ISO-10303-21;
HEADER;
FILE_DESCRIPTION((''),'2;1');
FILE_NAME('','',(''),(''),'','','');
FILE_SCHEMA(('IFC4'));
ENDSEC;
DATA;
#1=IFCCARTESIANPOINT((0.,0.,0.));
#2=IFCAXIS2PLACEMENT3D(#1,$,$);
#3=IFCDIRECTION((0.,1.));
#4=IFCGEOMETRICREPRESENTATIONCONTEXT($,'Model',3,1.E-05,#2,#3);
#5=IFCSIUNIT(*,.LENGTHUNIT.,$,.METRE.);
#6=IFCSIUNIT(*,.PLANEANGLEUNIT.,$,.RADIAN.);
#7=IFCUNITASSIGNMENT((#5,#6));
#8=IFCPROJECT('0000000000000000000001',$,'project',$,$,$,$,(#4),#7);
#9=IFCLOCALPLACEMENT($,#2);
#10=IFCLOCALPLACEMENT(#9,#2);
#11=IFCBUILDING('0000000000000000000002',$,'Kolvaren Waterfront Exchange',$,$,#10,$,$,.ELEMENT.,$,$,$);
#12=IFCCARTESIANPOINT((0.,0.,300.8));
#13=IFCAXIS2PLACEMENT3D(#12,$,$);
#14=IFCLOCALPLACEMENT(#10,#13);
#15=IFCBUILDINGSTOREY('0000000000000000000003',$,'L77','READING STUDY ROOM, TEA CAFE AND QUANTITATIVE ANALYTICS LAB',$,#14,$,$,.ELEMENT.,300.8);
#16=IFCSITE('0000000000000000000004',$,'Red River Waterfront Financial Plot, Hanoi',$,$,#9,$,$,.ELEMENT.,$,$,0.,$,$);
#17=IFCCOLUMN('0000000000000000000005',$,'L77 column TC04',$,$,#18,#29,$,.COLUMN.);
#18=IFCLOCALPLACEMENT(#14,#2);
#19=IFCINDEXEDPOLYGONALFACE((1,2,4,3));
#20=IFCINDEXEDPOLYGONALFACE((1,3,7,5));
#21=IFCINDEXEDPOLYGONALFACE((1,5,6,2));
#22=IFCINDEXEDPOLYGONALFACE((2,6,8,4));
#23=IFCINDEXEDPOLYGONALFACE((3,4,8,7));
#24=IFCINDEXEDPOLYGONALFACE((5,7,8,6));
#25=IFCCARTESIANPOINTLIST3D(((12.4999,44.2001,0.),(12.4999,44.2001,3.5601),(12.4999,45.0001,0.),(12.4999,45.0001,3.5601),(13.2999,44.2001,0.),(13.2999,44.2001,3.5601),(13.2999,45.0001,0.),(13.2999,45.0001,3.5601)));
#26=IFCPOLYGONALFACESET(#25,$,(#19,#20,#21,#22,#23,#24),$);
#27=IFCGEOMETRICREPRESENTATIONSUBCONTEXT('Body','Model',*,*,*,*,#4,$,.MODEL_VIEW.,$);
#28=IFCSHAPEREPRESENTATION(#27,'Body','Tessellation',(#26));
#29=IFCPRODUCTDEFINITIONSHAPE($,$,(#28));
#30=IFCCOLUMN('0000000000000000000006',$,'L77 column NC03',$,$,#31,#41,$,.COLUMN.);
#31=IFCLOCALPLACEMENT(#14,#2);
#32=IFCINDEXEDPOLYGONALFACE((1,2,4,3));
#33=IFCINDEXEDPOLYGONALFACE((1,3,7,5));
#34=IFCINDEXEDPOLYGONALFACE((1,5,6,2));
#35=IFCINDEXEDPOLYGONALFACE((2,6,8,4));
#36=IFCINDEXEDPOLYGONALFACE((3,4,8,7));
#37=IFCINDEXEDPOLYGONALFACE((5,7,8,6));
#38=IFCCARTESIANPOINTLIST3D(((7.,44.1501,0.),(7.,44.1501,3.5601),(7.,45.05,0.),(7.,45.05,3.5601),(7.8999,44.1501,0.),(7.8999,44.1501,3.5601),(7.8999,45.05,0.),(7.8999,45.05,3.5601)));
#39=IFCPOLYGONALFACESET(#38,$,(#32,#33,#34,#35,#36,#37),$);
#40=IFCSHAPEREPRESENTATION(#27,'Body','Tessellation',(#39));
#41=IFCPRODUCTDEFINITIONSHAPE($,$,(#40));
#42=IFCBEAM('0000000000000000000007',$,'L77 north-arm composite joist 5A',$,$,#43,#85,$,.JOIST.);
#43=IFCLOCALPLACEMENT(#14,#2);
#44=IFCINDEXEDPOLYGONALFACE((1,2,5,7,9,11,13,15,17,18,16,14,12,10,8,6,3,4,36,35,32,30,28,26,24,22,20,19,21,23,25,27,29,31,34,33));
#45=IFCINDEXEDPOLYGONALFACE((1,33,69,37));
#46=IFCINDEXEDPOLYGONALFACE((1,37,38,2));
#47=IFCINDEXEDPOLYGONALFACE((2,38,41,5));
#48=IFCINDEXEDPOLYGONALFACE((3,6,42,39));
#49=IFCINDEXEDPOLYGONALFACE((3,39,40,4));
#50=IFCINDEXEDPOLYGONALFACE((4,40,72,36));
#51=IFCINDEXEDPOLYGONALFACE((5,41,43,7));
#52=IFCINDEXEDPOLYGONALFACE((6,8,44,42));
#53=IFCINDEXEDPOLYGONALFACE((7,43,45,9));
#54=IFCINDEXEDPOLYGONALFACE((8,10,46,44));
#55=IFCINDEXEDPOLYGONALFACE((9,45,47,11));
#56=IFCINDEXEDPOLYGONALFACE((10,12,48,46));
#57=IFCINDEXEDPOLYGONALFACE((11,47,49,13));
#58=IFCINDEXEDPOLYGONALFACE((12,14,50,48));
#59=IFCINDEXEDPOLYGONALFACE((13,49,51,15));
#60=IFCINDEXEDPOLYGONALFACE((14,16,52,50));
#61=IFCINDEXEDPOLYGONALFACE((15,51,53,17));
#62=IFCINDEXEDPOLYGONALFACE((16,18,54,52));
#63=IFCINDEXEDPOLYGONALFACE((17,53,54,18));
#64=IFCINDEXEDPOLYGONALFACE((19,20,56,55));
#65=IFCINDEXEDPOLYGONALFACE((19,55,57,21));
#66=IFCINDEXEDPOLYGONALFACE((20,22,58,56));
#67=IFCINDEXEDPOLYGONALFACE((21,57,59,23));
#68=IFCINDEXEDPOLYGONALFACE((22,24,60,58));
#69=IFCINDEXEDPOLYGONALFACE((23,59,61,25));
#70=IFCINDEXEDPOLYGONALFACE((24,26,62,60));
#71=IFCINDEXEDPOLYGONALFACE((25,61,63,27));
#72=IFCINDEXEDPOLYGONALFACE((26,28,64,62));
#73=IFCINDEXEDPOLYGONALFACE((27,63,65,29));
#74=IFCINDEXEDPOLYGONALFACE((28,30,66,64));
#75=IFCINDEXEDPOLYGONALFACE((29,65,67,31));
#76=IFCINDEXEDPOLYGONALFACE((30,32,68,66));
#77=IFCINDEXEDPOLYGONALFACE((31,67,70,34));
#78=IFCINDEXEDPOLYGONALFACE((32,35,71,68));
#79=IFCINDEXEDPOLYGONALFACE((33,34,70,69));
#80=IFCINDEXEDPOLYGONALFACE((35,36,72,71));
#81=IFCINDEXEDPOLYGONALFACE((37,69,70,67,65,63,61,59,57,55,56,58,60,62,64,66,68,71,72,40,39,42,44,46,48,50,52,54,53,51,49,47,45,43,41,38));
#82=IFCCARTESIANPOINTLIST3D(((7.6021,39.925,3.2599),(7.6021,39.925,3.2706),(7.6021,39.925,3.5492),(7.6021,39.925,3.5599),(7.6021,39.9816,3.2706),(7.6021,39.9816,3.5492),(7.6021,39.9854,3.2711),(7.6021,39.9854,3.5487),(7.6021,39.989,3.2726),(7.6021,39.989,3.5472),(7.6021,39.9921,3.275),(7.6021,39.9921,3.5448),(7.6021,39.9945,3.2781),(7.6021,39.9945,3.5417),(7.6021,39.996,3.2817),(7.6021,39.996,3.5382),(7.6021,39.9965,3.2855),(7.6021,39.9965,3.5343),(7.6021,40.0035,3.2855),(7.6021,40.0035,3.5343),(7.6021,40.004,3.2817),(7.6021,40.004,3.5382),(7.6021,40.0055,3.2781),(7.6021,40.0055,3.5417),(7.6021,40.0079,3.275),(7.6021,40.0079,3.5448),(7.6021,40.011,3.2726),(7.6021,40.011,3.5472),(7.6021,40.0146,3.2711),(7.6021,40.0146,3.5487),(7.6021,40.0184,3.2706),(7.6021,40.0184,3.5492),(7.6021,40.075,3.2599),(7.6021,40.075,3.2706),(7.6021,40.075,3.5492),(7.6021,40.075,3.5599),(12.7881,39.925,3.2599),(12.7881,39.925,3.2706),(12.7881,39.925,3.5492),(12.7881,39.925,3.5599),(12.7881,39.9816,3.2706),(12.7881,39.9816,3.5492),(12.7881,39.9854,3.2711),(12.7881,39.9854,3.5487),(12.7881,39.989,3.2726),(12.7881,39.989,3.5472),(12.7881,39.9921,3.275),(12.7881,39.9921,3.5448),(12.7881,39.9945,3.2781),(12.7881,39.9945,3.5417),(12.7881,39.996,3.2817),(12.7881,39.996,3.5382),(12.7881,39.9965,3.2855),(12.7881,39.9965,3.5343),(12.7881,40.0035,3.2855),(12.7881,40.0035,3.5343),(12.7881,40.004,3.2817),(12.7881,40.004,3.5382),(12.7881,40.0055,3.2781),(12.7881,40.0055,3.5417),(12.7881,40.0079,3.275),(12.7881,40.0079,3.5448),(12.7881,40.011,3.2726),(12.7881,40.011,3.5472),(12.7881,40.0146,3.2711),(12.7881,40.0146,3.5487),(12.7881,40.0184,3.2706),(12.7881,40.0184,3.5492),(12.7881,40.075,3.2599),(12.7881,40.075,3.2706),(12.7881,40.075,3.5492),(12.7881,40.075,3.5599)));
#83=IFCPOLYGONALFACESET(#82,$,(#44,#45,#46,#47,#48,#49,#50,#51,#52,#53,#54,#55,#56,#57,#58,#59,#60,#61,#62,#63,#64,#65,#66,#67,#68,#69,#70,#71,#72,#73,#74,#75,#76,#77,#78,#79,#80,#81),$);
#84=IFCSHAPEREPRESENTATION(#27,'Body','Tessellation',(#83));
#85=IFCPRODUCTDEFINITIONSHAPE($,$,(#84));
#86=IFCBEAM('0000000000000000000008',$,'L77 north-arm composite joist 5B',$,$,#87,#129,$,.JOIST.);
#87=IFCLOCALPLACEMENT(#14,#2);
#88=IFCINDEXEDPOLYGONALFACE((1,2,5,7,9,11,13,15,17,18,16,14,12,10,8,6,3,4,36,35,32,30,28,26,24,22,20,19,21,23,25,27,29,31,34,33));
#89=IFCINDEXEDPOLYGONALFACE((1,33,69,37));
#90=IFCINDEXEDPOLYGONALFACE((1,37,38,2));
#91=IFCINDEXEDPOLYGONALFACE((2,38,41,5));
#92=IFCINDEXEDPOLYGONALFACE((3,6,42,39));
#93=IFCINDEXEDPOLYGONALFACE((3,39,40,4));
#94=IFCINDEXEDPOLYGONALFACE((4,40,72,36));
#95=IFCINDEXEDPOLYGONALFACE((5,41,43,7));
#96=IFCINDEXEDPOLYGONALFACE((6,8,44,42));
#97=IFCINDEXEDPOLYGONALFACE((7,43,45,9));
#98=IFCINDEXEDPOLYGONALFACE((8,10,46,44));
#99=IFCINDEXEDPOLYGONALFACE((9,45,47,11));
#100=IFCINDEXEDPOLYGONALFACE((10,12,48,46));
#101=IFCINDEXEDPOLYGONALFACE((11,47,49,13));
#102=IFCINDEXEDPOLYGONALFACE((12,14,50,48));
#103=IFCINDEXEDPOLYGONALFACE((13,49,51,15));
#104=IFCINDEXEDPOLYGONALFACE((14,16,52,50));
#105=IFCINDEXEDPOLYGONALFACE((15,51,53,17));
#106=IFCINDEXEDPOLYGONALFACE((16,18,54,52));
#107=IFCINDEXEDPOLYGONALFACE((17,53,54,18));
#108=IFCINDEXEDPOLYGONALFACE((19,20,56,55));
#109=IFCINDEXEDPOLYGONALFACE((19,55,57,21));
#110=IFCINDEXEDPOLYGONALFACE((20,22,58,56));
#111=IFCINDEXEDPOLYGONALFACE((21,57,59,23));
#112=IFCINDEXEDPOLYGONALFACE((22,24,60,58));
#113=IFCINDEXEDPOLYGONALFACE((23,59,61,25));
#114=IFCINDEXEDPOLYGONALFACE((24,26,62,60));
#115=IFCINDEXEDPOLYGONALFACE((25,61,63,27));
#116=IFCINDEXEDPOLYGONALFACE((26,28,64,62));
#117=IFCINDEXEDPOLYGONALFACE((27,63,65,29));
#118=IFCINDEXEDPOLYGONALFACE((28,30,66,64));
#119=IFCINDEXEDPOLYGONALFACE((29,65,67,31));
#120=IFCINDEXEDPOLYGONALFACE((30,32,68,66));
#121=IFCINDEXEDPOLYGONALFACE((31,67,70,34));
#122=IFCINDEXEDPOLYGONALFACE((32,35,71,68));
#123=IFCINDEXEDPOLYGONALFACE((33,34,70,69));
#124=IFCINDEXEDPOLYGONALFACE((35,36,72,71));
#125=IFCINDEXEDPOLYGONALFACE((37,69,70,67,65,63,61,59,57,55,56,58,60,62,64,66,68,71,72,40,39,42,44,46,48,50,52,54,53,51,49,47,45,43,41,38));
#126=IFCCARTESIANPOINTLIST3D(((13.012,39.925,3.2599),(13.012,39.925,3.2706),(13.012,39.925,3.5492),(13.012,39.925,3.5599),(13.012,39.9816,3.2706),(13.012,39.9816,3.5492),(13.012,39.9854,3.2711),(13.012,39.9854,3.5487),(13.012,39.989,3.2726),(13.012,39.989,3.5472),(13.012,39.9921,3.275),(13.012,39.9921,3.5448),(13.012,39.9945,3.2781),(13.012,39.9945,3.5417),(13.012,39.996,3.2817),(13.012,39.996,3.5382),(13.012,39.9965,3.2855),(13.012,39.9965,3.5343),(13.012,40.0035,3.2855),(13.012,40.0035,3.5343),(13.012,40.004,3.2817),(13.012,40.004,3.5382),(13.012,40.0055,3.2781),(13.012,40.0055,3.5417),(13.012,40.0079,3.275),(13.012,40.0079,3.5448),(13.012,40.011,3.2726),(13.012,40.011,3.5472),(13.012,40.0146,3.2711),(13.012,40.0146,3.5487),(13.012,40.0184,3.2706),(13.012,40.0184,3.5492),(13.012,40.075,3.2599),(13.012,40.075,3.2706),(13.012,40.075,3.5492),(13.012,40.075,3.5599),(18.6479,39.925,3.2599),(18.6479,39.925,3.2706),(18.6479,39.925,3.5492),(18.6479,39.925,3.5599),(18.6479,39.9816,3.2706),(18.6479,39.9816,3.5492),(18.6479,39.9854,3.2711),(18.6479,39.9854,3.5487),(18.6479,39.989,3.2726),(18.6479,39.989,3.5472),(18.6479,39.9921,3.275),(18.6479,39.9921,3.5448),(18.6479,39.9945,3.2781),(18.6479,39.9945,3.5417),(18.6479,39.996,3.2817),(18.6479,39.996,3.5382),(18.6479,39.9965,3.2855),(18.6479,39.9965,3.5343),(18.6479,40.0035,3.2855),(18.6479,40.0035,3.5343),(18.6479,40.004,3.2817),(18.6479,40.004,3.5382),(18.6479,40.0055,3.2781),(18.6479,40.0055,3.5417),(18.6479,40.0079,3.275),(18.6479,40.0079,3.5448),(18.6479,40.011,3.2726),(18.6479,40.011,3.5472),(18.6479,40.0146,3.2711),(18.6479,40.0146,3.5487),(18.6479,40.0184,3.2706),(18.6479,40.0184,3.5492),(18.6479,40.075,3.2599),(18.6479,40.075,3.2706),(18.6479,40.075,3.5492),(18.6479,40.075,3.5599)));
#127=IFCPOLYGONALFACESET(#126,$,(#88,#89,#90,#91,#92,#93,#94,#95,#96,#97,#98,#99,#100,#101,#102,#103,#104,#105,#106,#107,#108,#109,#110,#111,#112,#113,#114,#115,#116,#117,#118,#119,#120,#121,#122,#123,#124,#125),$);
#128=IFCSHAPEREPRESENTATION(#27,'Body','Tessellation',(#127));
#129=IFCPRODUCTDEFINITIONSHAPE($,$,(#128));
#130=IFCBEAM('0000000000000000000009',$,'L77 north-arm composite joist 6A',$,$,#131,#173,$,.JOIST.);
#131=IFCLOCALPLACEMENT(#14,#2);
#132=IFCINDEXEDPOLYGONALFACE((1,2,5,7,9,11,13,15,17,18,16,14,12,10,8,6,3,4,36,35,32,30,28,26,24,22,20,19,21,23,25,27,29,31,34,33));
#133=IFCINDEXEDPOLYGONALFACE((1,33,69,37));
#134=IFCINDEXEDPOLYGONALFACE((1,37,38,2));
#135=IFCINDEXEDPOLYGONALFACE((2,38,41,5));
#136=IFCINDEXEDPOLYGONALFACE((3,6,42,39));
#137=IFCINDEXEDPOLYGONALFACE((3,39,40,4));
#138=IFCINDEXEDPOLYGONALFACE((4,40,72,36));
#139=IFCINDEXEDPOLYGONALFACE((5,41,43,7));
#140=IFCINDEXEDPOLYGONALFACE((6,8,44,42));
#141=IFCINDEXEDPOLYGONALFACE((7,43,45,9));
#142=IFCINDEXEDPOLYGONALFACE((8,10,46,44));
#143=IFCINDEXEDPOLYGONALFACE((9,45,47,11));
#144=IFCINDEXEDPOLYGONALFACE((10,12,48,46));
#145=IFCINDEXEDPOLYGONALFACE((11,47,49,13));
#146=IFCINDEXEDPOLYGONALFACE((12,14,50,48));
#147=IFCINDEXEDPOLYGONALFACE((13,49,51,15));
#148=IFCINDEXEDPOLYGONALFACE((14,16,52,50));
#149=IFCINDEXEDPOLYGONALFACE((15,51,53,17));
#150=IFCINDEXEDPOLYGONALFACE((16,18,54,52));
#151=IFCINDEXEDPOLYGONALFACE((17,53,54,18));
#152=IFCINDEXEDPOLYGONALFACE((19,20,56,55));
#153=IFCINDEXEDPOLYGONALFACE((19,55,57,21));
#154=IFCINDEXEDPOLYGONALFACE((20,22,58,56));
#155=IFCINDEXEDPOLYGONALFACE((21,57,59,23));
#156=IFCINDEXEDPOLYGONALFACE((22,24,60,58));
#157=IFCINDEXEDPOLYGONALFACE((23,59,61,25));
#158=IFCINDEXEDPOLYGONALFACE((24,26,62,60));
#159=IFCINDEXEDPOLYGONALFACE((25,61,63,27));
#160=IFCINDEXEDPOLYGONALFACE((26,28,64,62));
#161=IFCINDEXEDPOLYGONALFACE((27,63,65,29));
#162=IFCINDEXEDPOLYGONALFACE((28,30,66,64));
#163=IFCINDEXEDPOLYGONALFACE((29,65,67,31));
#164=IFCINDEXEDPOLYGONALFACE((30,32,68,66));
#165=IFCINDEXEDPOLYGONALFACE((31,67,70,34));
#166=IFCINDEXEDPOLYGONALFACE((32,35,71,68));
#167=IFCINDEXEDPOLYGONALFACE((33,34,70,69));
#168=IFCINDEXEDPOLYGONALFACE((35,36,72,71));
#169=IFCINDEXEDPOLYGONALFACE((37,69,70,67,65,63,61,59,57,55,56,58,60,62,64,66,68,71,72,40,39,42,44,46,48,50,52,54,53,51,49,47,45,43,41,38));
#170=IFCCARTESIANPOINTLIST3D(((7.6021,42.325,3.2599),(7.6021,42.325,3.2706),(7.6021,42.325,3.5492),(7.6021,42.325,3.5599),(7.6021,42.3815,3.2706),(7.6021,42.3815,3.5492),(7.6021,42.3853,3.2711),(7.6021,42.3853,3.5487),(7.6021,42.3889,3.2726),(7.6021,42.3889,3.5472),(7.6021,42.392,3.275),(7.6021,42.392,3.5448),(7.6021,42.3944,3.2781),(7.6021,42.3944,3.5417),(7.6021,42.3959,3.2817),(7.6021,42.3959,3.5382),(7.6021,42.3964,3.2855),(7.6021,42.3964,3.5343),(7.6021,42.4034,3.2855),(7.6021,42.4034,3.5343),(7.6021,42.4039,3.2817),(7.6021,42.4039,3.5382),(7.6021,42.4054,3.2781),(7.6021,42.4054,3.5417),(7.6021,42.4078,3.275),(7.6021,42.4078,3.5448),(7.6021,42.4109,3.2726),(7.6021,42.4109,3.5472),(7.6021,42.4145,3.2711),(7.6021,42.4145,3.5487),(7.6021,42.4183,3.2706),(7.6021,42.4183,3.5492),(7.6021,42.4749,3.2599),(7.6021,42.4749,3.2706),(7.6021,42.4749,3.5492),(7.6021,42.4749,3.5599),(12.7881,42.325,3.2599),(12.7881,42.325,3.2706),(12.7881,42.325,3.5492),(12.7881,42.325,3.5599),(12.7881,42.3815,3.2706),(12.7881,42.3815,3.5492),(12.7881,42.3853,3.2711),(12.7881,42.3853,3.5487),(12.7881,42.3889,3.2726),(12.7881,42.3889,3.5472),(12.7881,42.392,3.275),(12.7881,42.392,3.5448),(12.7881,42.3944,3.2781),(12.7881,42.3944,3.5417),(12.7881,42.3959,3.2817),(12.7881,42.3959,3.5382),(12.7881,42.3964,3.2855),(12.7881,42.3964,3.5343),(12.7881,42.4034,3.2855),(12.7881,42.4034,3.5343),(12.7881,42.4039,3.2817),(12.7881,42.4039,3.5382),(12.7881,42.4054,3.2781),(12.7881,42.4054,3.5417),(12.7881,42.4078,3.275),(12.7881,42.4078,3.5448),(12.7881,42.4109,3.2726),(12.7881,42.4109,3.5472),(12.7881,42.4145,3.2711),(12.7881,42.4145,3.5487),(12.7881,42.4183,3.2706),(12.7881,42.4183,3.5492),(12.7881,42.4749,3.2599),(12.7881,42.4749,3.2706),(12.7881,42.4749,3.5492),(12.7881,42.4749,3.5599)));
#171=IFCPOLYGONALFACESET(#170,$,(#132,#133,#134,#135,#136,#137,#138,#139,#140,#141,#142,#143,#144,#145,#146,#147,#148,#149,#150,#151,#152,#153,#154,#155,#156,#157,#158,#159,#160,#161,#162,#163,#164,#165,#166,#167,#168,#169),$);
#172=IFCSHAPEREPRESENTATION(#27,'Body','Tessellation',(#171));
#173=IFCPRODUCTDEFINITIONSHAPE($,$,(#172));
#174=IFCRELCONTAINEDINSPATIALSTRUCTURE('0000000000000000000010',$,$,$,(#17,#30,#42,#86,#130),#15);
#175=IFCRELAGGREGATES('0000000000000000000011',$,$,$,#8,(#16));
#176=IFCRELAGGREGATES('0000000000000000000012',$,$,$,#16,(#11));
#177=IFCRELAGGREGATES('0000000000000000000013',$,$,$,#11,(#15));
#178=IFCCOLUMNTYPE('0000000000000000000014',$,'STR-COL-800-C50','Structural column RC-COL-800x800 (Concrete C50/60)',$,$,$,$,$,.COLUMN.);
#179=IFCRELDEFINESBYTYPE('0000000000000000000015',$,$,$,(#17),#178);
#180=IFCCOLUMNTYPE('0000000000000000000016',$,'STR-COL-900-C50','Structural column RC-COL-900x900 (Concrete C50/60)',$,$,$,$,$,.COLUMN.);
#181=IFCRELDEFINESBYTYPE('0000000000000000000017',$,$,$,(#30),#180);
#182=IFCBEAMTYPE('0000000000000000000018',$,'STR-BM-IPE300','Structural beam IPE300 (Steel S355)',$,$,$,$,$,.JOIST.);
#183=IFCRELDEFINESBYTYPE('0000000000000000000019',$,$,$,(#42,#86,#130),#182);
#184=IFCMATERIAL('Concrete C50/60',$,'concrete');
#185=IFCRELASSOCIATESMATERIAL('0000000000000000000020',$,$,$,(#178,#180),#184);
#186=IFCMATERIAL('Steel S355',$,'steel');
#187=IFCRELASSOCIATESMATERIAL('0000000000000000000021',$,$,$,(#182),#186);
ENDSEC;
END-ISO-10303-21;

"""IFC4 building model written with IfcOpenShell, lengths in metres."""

from ifc_helpers import new_model, si_unit, direction, frame, origin, origin_2d, place, context, subcontext, project, spatial, rectangle, i_section, extrude, material, material_profile, profile_set, type_object, element, save


model = new_model("IFC4")

# Units and contexts
model_context = context("Model", 3, precision=1e-05, world=origin(), true_north=direction((0.0, 1.0)))
body_context = subcontext(model_context, "Body", "Model", "MODEL_VIEW")
ifc_project = project(units=[si_unit("LENGTHUNIT", "METRE"), si_unit("PLANEANGLEUNIT", "RADIAN")], contexts=[model_context])

# Site, building, storey
site_placement = place(None, origin())
site = spatial("IfcSite", under=ifc_project, at=site_placement, Name="Red River Waterfront Financial Plot, Hanoi", CompositionType="ELEMENT", RefElevation=0.0)
building_placement = place(site_placement, origin())
building = spatial("IfcBuilding", under=site, at=building_placement, Name="Kolvaren Waterfront Exchange", CompositionType="ELEMENT")
storey_placement = place(building_placement, frame((0.0, 0.0, 300.8)))
storey = spatial("IfcBuildingStorey", under=building, at=storey_placement, Name="L77", Description="READING STUDY ROOM, TEA CAFE AND QUANTITATIVE ANALYTICS LAB", CompositionType="ELEMENT", Elevation=300.8)

# Columns
ifc_material_1 = material(Name="Concrete C50/60", Category="concrete")
ifc_material_profile_1 = material_profile(ifc_material_1, rectangle(XDim=0.8, YDim=0.8, at=origin_2d()), Name="RC-COL-800x800")
ifc_profile_set_1 = profile_set([ifc_material_profile_1], Name="Concrete C50/60")
column_type_1 = type_object("IfcColumnType", Name="STR-COL-800-C50", Description="Structural column RC-COL-800x800 (Concrete C50/60)", PredefinedType="COLUMN", material=ifc_profile_set_1)
column_1_placement = place(storey_placement, frame((12.8999, 44.6001, 0.0), z_axis=(0.0, 0.0, 1.0), x_axis=(1.0, 0.0, 0.0)))
element("IfcColumn", 1, at=column_1_placement, inside=storey, type_object=column_type_1, Name="L77 column TC04", PredefinedType="COLUMN", context=body_context, shape_type="SweptSolid", body=[
    extrude(rectangle(XDim=0.8, YDim=0.8, at=origin_2d()), origin(), (0.0, 0.0, 1.0), 3.5601),
])
ifc_material_profile_2 = material_profile(ifc_material_1, rectangle(XDim=0.8999, YDim=0.8999, at=origin_2d()), Name="RC-COL-900x900")
ifc_profile_set_2 = profile_set([ifc_material_profile_2], Name="Concrete C50/60")
column_type_2 = type_object("IfcColumnType", Name="STR-COL-900-C50", Description="Structural column RC-COL-900x900 (Concrete C50/60)", PredefinedType="COLUMN", material=ifc_profile_set_2)
column_2_placement = place(storey_placement, frame((7.45, 44.6001, 0.0), z_axis=(0.0, 0.0, 1.0), x_axis=(1.0, 0.0, 0.0)))
element("IfcColumn", 2, at=column_2_placement, inside=storey, type_object=column_type_2, Name="L77 column NC03", PredefinedType="COLUMN", context=body_context, shape_type="SweptSolid", body=[
    extrude(rectangle(XDim=0.8999, YDim=0.8999, at=origin_2d()), origin(), (0.0, 0.0, 1.0), 3.5601),
])

# Beams
ifc_material_2 = material(Name="Steel S355", Category="steel")
ifc_material_profile_3 = material_profile(ifc_material_2, i_section(OverallWidth=0.1499, OverallDepth=0.3, WebThickness=0.0071, FlangeThickness=0.0107, FilletRadius=0.0149, at=origin_2d()), Name="IPE300")
ifc_profile_set_3 = profile_set([ifc_material_profile_3], Name="Steel S355")
beam_type_1 = type_object("IfcBeamType", Name="STR-BM-IPE300", Description="Structural beam IPE300 (Steel S355)", PredefinedType="JOIST", material=ifc_profile_set_3)
beam_1_placement = place(storey_placement, frame((7.6021, 40.0, 3.4099), z_axis=(1.0, 0.0, 0.0), x_axis=(0.0, 1.0, 0.0)))
element("IfcBeam", 3, at=beam_1_placement, inside=storey, type_object=beam_type_1, Name="L77 north-arm composite joist 5A", PredefinedType="JOIST", context=body_context, shape_type="SweptSolid", body=[
    extrude(i_section(OverallWidth=0.1499, OverallDepth=0.3, WebThickness=0.0071, FlangeThickness=0.0107, FilletRadius=0.0149, at=origin_2d()), origin(), (0.0, 0.0, 1.0), 5.186),
])
beam_2_placement = place(storey_placement, frame((13.012, 40.0, 3.4099), z_axis=(1.0, 0.0, 0.0), x_axis=(0.0, 1.0, 0.0)))
element("IfcBeam", 4, at=beam_2_placement, inside=storey, type_object=beam_type_1, Name="L77 north-arm composite joist 5B", PredefinedType="JOIST", context=body_context, shape_type="SweptSolid", body=[
    extrude(i_section(OverallWidth=0.1499, OverallDepth=0.3, WebThickness=0.0071, FlangeThickness=0.0107, FilletRadius=0.0149, at=origin_2d()), origin(), (0.0, 0.0, 1.0), 5.636),
])
beam_3_placement = place(storey_placement, frame((7.6021, 42.3999, 3.4099), z_axis=(1.0, 0.0, 0.0), x_axis=(0.0, 1.0, 0.0)))
element("IfcBeam", 5, at=beam_3_placement, inside=storey, type_object=beam_type_1, Name="L77 north-arm composite joist 6A", PredefinedType="JOIST", context=body_context, shape_type="SweptSolid", body=[
    extrude(i_section(OverallWidth=0.1499, OverallDepth=0.3, WebThickness=0.0071, FlangeThickness=0.0107, FilletRadius=0.0149, at=origin_2d()), origin(), (0.0, 0.0, 1.0), 5.186),
])

save(model, "model.ifc")
